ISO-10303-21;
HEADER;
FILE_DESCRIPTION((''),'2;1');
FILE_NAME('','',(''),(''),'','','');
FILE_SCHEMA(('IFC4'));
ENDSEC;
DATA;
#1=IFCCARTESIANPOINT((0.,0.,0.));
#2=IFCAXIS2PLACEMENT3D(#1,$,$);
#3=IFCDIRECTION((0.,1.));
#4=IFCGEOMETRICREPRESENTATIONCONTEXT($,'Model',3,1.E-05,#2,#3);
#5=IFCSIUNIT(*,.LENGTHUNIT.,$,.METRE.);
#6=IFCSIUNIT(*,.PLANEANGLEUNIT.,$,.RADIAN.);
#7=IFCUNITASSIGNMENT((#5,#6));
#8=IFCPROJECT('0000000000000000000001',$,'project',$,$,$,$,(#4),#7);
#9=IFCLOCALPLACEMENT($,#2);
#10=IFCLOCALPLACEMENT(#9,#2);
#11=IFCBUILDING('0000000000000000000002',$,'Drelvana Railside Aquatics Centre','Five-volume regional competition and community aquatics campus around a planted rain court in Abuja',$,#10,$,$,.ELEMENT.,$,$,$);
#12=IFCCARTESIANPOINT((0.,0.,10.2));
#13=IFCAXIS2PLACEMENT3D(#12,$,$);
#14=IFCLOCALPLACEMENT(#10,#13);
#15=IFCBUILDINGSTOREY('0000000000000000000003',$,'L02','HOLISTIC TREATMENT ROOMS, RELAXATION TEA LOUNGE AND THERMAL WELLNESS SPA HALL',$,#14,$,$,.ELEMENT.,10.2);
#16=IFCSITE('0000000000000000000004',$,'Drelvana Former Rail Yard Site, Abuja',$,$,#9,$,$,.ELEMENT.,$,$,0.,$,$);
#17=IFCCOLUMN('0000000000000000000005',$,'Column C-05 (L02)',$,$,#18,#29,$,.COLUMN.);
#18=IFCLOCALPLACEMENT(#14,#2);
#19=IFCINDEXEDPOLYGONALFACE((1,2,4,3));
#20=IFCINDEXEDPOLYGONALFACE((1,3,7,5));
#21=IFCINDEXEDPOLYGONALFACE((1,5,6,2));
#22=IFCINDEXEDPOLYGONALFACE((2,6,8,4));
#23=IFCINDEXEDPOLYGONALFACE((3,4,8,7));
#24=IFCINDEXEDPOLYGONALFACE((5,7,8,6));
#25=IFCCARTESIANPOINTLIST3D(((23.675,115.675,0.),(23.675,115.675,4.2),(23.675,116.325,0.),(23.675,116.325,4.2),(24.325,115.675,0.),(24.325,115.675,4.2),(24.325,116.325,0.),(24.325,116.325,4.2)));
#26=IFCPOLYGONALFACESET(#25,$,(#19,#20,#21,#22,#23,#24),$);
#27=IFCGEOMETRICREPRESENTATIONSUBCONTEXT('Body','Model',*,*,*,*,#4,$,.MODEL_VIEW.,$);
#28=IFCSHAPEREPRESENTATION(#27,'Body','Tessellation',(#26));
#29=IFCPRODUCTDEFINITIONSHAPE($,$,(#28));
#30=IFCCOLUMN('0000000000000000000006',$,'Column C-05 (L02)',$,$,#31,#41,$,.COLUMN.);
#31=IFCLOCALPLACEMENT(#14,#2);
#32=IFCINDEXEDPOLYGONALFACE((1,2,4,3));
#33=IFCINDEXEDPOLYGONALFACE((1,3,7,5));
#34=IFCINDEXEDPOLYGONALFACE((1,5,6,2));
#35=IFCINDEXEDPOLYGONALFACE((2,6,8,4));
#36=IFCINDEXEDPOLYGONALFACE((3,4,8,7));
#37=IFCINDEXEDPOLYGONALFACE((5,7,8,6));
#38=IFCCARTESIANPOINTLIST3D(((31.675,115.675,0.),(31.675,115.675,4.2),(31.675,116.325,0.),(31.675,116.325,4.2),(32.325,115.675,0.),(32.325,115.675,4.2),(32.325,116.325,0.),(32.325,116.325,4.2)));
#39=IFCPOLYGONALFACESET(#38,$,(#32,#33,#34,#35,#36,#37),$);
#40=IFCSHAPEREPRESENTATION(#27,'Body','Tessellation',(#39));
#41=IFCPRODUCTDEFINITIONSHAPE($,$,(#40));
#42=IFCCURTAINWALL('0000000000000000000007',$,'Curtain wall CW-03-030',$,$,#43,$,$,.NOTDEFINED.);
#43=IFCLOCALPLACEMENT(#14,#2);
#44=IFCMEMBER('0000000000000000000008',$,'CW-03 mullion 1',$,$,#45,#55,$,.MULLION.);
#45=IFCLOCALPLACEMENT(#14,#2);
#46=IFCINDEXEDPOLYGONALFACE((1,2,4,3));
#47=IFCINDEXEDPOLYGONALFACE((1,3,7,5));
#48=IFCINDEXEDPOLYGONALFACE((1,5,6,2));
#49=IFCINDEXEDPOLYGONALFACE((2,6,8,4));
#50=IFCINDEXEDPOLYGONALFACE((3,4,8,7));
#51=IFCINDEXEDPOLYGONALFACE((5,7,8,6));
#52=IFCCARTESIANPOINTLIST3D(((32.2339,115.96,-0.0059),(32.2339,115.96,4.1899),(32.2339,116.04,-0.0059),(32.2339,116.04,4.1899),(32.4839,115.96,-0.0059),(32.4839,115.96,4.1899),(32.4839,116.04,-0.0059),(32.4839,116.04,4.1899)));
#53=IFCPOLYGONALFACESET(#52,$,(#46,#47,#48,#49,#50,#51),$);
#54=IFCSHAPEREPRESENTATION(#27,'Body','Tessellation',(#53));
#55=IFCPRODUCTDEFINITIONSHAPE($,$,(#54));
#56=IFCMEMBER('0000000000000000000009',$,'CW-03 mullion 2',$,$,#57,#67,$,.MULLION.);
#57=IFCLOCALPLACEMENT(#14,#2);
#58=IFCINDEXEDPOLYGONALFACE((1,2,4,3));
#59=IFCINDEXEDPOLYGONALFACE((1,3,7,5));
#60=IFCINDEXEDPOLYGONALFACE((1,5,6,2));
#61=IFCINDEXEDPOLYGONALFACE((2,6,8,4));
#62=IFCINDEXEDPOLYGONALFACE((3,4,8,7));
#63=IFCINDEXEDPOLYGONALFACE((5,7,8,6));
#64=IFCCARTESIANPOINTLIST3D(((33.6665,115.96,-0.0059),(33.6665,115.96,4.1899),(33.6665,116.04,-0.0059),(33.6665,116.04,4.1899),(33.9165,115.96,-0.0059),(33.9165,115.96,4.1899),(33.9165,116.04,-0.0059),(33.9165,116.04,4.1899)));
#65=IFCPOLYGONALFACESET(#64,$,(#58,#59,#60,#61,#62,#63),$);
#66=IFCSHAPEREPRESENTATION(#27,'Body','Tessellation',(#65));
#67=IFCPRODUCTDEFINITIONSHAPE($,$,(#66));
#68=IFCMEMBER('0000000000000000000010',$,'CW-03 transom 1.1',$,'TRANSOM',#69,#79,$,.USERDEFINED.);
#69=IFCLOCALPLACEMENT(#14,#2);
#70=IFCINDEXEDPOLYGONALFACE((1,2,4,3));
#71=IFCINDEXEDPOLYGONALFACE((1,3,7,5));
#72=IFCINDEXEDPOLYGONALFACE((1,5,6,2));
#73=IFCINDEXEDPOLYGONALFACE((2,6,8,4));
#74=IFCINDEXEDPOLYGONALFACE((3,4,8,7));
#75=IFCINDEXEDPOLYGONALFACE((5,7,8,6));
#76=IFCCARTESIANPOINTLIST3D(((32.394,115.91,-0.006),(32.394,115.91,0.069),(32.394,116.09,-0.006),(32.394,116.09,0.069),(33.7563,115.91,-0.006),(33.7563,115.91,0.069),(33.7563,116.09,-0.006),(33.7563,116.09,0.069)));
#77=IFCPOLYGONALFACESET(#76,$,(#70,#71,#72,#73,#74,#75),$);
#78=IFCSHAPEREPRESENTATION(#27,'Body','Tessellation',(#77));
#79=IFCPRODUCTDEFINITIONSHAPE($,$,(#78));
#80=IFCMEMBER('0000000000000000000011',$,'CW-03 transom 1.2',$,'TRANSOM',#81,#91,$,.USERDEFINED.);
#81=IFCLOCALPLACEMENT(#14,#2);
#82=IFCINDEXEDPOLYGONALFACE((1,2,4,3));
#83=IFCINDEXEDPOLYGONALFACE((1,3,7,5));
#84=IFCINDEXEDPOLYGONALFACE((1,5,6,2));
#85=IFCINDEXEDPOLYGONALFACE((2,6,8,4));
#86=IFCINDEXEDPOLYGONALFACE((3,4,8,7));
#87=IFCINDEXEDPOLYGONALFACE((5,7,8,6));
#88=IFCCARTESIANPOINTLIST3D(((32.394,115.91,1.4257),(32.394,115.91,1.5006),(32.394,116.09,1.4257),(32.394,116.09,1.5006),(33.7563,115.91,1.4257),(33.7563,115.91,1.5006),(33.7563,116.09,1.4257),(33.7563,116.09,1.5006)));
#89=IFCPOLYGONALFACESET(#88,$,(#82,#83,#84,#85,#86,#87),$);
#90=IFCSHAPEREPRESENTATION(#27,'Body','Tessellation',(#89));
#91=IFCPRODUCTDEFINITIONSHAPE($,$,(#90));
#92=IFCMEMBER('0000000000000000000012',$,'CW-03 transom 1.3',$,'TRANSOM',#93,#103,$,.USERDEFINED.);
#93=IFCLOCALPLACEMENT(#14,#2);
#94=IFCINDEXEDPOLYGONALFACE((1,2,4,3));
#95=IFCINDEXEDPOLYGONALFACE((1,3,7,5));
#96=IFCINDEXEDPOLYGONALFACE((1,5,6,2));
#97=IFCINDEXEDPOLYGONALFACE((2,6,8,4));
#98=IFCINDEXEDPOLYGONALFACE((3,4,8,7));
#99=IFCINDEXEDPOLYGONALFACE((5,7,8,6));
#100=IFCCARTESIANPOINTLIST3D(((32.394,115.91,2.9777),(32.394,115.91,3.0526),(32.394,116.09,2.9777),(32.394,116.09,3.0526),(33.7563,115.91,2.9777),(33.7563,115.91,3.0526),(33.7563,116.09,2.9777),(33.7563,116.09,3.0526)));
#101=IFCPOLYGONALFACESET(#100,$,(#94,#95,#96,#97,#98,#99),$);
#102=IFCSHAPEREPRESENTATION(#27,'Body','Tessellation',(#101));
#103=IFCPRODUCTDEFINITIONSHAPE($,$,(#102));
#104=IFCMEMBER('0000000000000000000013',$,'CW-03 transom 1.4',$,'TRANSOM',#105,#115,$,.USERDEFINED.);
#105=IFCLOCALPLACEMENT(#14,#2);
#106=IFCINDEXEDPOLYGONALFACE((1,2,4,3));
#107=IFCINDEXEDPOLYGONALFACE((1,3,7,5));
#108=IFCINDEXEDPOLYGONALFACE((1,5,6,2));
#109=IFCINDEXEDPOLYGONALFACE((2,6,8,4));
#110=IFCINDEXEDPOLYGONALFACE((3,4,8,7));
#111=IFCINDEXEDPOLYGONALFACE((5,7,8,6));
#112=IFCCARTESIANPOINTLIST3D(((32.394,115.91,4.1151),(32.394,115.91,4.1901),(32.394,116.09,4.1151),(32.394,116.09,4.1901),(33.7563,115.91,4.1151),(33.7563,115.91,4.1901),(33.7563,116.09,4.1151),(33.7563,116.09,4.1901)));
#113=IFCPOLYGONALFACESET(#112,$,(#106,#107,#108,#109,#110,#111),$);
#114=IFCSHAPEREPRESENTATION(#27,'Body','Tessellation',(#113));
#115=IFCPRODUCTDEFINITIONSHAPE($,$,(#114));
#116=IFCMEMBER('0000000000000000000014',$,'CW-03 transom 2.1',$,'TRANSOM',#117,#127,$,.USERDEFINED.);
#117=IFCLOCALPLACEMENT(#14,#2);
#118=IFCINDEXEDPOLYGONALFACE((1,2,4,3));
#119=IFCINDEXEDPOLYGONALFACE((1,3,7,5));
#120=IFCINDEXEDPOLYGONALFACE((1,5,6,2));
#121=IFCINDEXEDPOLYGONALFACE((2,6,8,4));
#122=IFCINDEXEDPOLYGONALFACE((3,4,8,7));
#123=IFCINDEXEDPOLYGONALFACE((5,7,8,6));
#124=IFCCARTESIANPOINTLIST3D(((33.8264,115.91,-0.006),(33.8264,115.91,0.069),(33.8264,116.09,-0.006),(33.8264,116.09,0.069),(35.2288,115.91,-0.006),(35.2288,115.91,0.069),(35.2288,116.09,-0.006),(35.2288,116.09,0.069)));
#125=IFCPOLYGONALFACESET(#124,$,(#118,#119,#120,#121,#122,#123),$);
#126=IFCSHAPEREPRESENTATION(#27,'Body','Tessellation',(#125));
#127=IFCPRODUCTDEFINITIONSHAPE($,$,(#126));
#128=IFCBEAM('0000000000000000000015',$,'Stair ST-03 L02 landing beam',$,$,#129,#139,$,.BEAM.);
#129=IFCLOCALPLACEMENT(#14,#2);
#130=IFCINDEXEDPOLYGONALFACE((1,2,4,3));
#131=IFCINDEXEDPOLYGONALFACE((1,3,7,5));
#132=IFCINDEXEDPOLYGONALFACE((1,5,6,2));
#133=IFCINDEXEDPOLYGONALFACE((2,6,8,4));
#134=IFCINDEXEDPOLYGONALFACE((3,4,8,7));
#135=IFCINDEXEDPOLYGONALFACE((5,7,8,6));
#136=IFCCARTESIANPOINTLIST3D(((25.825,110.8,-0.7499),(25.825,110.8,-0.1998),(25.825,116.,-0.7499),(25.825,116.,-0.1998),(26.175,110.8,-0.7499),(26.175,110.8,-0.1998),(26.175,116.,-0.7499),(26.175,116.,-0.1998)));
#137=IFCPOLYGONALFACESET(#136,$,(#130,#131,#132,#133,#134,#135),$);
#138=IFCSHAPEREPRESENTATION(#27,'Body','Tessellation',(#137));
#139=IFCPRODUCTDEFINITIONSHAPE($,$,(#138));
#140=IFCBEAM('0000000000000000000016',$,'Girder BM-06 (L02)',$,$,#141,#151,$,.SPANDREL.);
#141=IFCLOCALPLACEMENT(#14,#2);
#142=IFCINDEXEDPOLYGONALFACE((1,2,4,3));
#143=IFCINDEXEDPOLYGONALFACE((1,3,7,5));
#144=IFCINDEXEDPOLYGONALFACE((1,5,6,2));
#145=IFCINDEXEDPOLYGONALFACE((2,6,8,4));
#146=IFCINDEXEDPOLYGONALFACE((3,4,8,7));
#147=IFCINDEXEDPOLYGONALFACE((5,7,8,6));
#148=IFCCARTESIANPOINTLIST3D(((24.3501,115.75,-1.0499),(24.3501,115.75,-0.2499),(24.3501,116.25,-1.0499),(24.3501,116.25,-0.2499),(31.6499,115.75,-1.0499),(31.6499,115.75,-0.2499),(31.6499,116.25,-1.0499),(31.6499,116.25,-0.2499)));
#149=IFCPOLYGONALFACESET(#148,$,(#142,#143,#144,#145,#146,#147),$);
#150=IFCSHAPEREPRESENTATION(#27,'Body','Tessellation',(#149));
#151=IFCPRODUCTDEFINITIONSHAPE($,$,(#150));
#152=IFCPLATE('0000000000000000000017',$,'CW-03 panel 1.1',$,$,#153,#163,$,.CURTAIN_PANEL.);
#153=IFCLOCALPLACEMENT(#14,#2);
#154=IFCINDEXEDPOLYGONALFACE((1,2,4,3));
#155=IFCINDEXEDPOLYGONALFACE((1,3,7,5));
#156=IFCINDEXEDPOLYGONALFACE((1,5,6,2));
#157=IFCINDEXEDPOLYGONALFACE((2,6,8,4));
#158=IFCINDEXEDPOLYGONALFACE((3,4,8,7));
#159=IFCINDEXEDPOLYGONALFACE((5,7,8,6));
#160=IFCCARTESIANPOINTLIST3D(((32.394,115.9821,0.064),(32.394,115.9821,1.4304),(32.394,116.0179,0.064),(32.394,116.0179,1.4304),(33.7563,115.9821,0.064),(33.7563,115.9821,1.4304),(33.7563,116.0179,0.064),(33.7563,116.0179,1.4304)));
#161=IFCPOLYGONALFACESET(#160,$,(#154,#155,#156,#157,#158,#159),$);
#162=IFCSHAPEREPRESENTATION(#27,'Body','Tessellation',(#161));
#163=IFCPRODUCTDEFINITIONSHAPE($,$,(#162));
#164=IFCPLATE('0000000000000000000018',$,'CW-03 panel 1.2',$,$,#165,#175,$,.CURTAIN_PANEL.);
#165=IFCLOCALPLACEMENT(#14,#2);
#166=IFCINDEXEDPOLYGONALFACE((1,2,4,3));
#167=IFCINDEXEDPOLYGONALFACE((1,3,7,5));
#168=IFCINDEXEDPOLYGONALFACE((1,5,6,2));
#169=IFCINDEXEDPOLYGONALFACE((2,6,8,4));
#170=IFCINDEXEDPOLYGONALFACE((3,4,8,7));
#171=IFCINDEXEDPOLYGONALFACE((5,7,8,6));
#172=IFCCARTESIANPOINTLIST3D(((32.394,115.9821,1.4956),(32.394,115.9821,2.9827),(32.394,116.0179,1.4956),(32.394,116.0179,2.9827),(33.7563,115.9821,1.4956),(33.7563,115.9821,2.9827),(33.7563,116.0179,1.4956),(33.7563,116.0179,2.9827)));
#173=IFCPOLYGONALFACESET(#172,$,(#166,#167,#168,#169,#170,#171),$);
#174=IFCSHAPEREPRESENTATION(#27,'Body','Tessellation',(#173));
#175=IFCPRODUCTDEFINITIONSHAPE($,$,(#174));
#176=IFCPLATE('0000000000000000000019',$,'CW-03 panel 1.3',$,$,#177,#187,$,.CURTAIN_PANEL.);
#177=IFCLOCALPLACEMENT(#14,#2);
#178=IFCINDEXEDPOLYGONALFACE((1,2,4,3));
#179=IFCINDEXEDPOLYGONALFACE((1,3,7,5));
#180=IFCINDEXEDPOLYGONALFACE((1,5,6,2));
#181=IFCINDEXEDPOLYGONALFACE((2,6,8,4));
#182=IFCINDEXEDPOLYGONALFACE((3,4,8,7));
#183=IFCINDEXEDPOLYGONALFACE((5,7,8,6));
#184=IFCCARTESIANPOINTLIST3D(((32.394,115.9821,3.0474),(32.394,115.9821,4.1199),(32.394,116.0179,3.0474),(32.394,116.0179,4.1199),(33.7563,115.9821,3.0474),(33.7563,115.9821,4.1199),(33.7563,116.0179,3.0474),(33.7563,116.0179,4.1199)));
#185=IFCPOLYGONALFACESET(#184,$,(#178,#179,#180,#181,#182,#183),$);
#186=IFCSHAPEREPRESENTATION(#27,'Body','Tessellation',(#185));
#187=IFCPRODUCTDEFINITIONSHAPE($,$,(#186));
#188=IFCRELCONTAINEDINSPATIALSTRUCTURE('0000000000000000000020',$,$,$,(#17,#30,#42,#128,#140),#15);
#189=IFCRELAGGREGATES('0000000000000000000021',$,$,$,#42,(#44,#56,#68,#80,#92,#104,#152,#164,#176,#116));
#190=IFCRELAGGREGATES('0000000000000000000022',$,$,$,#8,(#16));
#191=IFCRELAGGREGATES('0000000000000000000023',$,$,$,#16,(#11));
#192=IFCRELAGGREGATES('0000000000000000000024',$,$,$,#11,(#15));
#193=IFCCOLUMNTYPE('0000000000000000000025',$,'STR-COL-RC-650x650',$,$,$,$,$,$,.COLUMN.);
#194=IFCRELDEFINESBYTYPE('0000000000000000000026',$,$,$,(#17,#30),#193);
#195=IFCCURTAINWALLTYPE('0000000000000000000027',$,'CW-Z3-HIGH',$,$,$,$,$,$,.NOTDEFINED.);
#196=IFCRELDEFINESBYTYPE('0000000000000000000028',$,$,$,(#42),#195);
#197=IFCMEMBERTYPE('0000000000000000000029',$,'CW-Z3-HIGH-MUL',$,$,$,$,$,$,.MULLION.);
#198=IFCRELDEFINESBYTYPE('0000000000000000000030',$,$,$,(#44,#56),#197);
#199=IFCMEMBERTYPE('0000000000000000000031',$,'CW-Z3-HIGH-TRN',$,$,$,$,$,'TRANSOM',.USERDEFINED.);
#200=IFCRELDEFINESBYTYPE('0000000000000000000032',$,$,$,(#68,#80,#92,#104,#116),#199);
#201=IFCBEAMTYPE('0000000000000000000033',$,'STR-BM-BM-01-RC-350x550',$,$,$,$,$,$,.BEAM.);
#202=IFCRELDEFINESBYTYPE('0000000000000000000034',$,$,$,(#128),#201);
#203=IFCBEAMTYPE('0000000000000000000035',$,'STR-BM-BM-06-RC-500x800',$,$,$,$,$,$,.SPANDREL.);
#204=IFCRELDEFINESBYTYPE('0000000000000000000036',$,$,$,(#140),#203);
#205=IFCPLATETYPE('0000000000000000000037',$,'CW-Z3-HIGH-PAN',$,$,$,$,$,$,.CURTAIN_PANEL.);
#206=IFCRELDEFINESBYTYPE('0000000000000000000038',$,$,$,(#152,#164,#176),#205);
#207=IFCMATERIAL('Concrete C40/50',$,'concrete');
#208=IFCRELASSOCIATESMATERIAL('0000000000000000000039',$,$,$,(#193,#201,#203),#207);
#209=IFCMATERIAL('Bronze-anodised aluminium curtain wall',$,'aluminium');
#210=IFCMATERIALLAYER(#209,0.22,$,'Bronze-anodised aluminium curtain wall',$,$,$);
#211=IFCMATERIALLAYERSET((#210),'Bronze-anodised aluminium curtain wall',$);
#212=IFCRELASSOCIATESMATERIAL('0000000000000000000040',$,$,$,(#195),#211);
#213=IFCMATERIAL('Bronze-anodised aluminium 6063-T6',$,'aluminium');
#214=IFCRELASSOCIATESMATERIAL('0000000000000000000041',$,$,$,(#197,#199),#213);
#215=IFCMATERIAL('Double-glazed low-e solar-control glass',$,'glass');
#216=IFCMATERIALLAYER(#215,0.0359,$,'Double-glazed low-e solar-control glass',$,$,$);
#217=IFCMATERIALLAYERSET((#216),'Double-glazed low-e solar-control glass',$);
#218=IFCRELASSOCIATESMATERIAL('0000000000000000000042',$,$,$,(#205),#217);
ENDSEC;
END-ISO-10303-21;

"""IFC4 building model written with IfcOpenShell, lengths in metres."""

from ifc_helpers import new_model, si_unit, direction, frame, origin, origin_2d, place, context, subcontext, project, spatial, rectangle, extrude, material, layer, layer_set, material_profile, profile_set, type_object, element, aggregate, save


model = new_model("IFC4")

# Units and contexts
model_context = context("Model", 3, precision=1e-05, world=origin(), true_north=direction((0.0, 1.0)))
body_context = subcontext(model_context, "Body", "Model", "MODEL_VIEW")
ifc_project = project(units=[si_unit("LENGTHUNIT", "METRE"), si_unit("PLANEANGLEUNIT", "RADIAN")], contexts=[model_context])

# Site, building, storey
site_placement = place(None, origin())
site = spatial("IfcSite", under=ifc_project, at=site_placement, Name="Drelvana Former Rail Yard Site, Abuja", CompositionType="ELEMENT", RefElevation=0.0)
building_placement = place(site_placement, origin())
building = spatial("IfcBuilding", under=site, at=building_placement, Name="Drelvana Railside Aquatics Centre", Description="Five-volume regional competition and community aquatics campus around a planted rain court in Abuja", CompositionType="ELEMENT")
storey_placement = place(building_placement, frame((0.0, 0.0, 10.2)))
storey = spatial("IfcBuildingStorey", under=building, at=storey_placement, Name="L02", Description="HOLISTIC TREATMENT ROOMS, RELAXATION TEA LOUNGE AND THERMAL WELLNESS SPA HALL", CompositionType="ELEMENT", Elevation=10.2)

# Columns
ifc_material_1 = material(Name="Concrete C40/50", Category="concrete")
ifc_material_profile_1 = material_profile(ifc_material_1, rectangle(XDim=0.6499, YDim=0.6499, at=origin_2d()), Name="RC 650x650")
ifc_profile_set_1 = profile_set([ifc_material_profile_1], Name="Concrete C40/50")
column_type = type_object("IfcColumnType", Name="STR-COL-RC-650x650", PredefinedType="COLUMN", material=ifc_profile_set_1)
for number, where, z_axis, x_axis, name in (
    (1, (24.0, 116.0, 0.0), (0.0, 0.0, 1.0), (1.0, 0.0, 0.0), "Column C-05 (L02)"),
    (2, (32.0, 116.0, 0.0), (0.0, 0.0, 1.0), (1.0, 0.0, 0.0), "Column C-05 (L02)"),
):
    element("IfcColumn", number, at=place(storey_placement, frame(where, z_axis=z_axis, x_axis=x_axis)), inside=storey, type_object=column_type, Name=name, PredefinedType="COLUMN", context=body_context, shape_type="SweptSolid", body=[
        extrude(rectangle(XDim=0.6499, YDim=0.6499, at=origin_2d()), origin(), (0.0, 0.0, 1.0), 4.2),
    ])

# Curtain wall, members
ifc_material_2 = material(Name="Bronze-anodised aluminium curtain wall", Category="aluminium")
ifc_layer_1 = layer(ifc_material_2, 0.22, Name="Bronze-anodised aluminium curtain wall")
ifc_layer_set_1 = layer_set([ifc_layer_1], Name="Bronze-anodised aluminium curtain wall")
curtain_wall_type = type_object("IfcCurtainWallType", Name="CW-Z3-HIGH", PredefinedType="NOTDEFINED", material=ifc_layer_set_1)
curtain_wall_placement = place(storey_placement, origin())
curtain_wall = element("IfcCurtainWall", 3, at=curtain_wall_placement, inside=storey, type_object=curtain_wall_type, Name="Curtain wall CW-03-030", PredefinedType="NOTDEFINED")
ifc_material_3 = material(Name="Bronze-anodised aluminium 6063-T6", Category="aluminium")
ifc_material_profile_2 = material_profile(ifc_material_3, rectangle(XDim=0.0801, YDim=0.25, at=origin_2d()), Name="ALU-M 80x250")
ifc_profile_set_2 = profile_set([ifc_material_profile_2], Name="Bronze-anodised aluminium 6063-T6")
member_type_1 = type_object("IfcMemberType", Name="CW-Z3-HIGH-MUL", PredefinedType="MULLION", material=ifc_profile_set_2)
member_1_placement = place(storey_placement, frame((32.3589, 116.0, -0.0059), z_axis=(0.0, 0.0, 1.0), x_axis=(0.0, 1.0, 0.0)))
member_1 = element("IfcMember", 4, at=member_1_placement, type_object=member_type_1, Name="CW-03 mullion 1", PredefinedType="MULLION", context=body_context, shape_type="SweptSolid", body=[
    extrude(rectangle(XDim=0.0801, YDim=0.25, at=origin_2d()), origin(), (0.0, 0.0, 1.0), 4.1958),
])
member_2_placement = place(storey_placement, frame((33.7915, 116.0, -0.0059), z_axis=(0.0, 0.0, 1.0), x_axis=(0.0, 1.0, 0.0)))
member_2 = element("IfcMember", 5, at=member_2_placement, type_object=member_type_1, Name="CW-03 mullion 2", PredefinedType="MULLION", context=body_context, shape_type="SweptSolid", body=[
    extrude(rectangle(XDim=0.0801, YDim=0.25, at=origin_2d()), origin(), (0.0, 0.0, 1.0), 4.1958),
])
ifc_material_profile_3 = material_profile(ifc_material_3, rectangle(XDim=0.1799, YDim=0.075, at=origin_2d()), Name="ALU-T 75x180")
ifc_profile_set_3 = profile_set([ifc_material_profile_3], Name="Bronze-anodised aluminium 6063-T6")
member_type_2 = type_object("IfcMemberType", Name="CW-Z3-HIGH-TRN", ElementType="TRANSOM", PredefinedType="USERDEFINED", material=ifc_profile_set_3)
member_3_placement = place(storey_placement, frame((32.394, 116.0, 0.0315), z_axis=(1.0, 0.0, 0.0), x_axis=(0.0, 1.0, 0.0)))
member_3 = element("IfcMember", 6, at=member_3_placement, type_object=member_type_2, Name="CW-03 transom 1.1", ObjectType="TRANSOM", PredefinedType="USERDEFINED", context=body_context, shape_type="SweptSolid", body=[
    extrude(rectangle(XDim=0.1799, YDim=0.075, at=origin_2d()), origin(), (0.0, 0.0, 1.0), 1.3623),
])
member_4_placement = place(storey_placement, frame((32.394, 116.0, 1.4631), z_axis=(1.0, 0.0, 0.0), x_axis=(0.0, 1.0, 0.0)))
member_4 = element("IfcMember", 7, at=member_4_placement, type_object=member_type_2, Name="CW-03 transom 1.2", ObjectType="TRANSOM", PredefinedType="USERDEFINED", context=body_context, shape_type="SweptSolid", body=[
    extrude(rectangle(XDim=0.1799, YDim=0.075, at=origin_2d()), origin(), (0.0, 0.0, 1.0), 1.3623),
])
member_5_placement = place(storey_placement, frame((32.394, 116.0, 3.0151), z_axis=(1.0, 0.0, 0.0), x_axis=(0.0, 1.0, 0.0)))
member_5 = element("IfcMember", 8, at=member_5_placement, type_object=member_type_2, Name="CW-03 transom 1.3", ObjectType="TRANSOM", PredefinedType="USERDEFINED", context=body_context, shape_type="SweptSolid", body=[
    extrude(rectangle(XDim=0.1799, YDim=0.075, at=origin_2d()), origin(), (0.0, 0.0, 1.0), 1.3623),
])
member_6_placement = place(storey_placement, frame((32.394, 116.0, 4.1526), z_axis=(1.0, 0.0, 0.0), x_axis=(0.0, 1.0, 0.0)))
member_6 = element("IfcMember", 9, at=member_6_placement, type_object=member_type_2, Name="CW-03 transom 1.4", ObjectType="TRANSOM", PredefinedType="USERDEFINED", context=body_context, shape_type="SweptSolid", body=[
    extrude(rectangle(XDim=0.1799, YDim=0.075, at=origin_2d()), origin(), (0.0, 0.0, 1.0), 1.3623),
])
member_7_placement = place(storey_placement, frame((33.8264, 116.0, 0.0315), z_axis=(1.0, 0.0, 0.0), x_axis=(0.0, 1.0, 0.0)))
member_7 = element("IfcMember", 10, at=member_7_placement, type_object=member_type_2, Name="CW-03 transom 2.1", ObjectType="TRANSOM", PredefinedType="USERDEFINED", context=body_context, shape_type="SweptSolid", body=[
    extrude(rectangle(XDim=0.1799, YDim=0.075, at=origin_2d()), origin(), (0.0, 0.0, 1.0), 1.4023),
])

# Beams
ifc_material_profile_4 = material_profile(ifc_material_1, rectangle(XDim=0.3501, YDim=0.55, at=origin_2d()), Name="RC 350x550")
ifc_profile_set_4 = profile_set([ifc_material_profile_4], Name="Concrete C40/50")
beam_type_1 = type_object("IfcBeamType", Name="STR-BM-BM-01-RC-350x550", PredefinedType="BEAM", material=ifc_profile_set_4)
beam_1_placement = place(storey_placement, frame((26.0, 110.8, -0.4749), z_axis=(0.0, 1.0, 0.0), x_axis=(-1.0, 0.0, 0.0)))
element("IfcBeam", 11, at=beam_1_placement, inside=storey, type_object=beam_type_1, Name="Stair ST-03 L02 landing beam", PredefinedType="BEAM", context=body_context, shape_type="SweptSolid", body=[
    extrude(rectangle(XDim=0.3501, YDim=0.55, at=origin_2d()), origin(), (0.0, 0.0, 1.0), 5.2),
])
ifc_material_profile_5 = material_profile(ifc_material_1, rectangle(XDim=0.5, YDim=0.8, at=origin_2d()), Name="RC 500x800")
ifc_profile_set_5 = profile_set([ifc_material_profile_5], Name="Concrete C40/50")
beam_type_2 = type_object("IfcBeamType", Name="STR-BM-BM-06-RC-500x800", PredefinedType="SPANDREL", material=ifc_profile_set_5)
beam_2_placement = place(storey_placement, frame((24.3501, 116.0, -0.6499), z_axis=(1.0, 0.0, 0.0), x_axis=(0.0, 1.0, 0.0)))
element("IfcBeam", 12, at=beam_2_placement, inside=storey, type_object=beam_type_2, Name="Girder BM-06 (L02)", PredefinedType="SPANDREL", context=body_context, shape_type="SweptSolid", body=[
    extrude(rectangle(XDim=0.5, YDim=0.8, at=origin_2d()), origin(), (0.0, 0.0, 1.0), 7.2998),
])

# Plates
ifc_material_4 = material(Name="Double-glazed low-e solar-control glass", Category="glass")
ifc_layer_2 = layer(ifc_material_4, 0.0359, Name="Double-glazed low-e solar-control glass")
ifc_layer_set_2 = layer_set([ifc_layer_2], Name="Double-glazed low-e solar-control glass")
plate_type = type_object("IfcPlateType", Name="CW-Z3-HIGH-PAN", PredefinedType="CURTAIN_PANEL", material=ifc_layer_set_2)
plate_1_placement = place(storey_placement, frame((33.0752, 116.0, 0.064), z_axis=(0.0, 0.0, 1.0), x_axis=(1.0, 0.0, 0.0)))
plate_1 = element("IfcPlate", 13, at=plate_1_placement, type_object=plate_type, Name="CW-03 panel 1.1", PredefinedType="CURTAIN_PANEL", context=body_context, shape_type="SweptSolid", body=[
    extrude(rectangle(XDim=1.3623, YDim=0.0359, at=origin_2d()), origin(), (0.0, 0.0, 1.0), 1.3665),
])
plate_2_placement = place(storey_placement, frame((33.0752, 116.0, 1.4956), z_axis=(0.0, 0.0, 1.0), x_axis=(1.0, 0.0, 0.0)))
plate_2 = element("IfcPlate", 14, at=plate_2_placement, type_object=plate_type, Name="CW-03 panel 1.2", PredefinedType="CURTAIN_PANEL", context=body_context, shape_type="SweptSolid", body=[
    extrude(rectangle(XDim=1.3623, YDim=0.0359, at=origin_2d()), origin(), (0.0, 0.0, 1.0), 1.4871),
])
plate_3_placement = place(storey_placement, frame((33.0752, 116.0, 3.0474), z_axis=(0.0, 0.0, 1.0), x_axis=(1.0, 0.0, 0.0)))
plate_3 = element("IfcPlate", 15, at=plate_3_placement, type_object=plate_type, Name="CW-03 panel 1.3", PredefinedType="CURTAIN_PANEL", context=body_context, shape_type="SweptSolid", body=[
    extrude(rectangle(XDim=1.3623, YDim=0.0359, at=origin_2d()), origin(), (0.0, 0.0, 1.0), 1.0725),
])
aggregate(curtain_wall, [member_1, member_2, member_3, member_4, member_5, member_6, plate_1, plate_2, plate_3, member_7])

save(model, "model.ifc")
